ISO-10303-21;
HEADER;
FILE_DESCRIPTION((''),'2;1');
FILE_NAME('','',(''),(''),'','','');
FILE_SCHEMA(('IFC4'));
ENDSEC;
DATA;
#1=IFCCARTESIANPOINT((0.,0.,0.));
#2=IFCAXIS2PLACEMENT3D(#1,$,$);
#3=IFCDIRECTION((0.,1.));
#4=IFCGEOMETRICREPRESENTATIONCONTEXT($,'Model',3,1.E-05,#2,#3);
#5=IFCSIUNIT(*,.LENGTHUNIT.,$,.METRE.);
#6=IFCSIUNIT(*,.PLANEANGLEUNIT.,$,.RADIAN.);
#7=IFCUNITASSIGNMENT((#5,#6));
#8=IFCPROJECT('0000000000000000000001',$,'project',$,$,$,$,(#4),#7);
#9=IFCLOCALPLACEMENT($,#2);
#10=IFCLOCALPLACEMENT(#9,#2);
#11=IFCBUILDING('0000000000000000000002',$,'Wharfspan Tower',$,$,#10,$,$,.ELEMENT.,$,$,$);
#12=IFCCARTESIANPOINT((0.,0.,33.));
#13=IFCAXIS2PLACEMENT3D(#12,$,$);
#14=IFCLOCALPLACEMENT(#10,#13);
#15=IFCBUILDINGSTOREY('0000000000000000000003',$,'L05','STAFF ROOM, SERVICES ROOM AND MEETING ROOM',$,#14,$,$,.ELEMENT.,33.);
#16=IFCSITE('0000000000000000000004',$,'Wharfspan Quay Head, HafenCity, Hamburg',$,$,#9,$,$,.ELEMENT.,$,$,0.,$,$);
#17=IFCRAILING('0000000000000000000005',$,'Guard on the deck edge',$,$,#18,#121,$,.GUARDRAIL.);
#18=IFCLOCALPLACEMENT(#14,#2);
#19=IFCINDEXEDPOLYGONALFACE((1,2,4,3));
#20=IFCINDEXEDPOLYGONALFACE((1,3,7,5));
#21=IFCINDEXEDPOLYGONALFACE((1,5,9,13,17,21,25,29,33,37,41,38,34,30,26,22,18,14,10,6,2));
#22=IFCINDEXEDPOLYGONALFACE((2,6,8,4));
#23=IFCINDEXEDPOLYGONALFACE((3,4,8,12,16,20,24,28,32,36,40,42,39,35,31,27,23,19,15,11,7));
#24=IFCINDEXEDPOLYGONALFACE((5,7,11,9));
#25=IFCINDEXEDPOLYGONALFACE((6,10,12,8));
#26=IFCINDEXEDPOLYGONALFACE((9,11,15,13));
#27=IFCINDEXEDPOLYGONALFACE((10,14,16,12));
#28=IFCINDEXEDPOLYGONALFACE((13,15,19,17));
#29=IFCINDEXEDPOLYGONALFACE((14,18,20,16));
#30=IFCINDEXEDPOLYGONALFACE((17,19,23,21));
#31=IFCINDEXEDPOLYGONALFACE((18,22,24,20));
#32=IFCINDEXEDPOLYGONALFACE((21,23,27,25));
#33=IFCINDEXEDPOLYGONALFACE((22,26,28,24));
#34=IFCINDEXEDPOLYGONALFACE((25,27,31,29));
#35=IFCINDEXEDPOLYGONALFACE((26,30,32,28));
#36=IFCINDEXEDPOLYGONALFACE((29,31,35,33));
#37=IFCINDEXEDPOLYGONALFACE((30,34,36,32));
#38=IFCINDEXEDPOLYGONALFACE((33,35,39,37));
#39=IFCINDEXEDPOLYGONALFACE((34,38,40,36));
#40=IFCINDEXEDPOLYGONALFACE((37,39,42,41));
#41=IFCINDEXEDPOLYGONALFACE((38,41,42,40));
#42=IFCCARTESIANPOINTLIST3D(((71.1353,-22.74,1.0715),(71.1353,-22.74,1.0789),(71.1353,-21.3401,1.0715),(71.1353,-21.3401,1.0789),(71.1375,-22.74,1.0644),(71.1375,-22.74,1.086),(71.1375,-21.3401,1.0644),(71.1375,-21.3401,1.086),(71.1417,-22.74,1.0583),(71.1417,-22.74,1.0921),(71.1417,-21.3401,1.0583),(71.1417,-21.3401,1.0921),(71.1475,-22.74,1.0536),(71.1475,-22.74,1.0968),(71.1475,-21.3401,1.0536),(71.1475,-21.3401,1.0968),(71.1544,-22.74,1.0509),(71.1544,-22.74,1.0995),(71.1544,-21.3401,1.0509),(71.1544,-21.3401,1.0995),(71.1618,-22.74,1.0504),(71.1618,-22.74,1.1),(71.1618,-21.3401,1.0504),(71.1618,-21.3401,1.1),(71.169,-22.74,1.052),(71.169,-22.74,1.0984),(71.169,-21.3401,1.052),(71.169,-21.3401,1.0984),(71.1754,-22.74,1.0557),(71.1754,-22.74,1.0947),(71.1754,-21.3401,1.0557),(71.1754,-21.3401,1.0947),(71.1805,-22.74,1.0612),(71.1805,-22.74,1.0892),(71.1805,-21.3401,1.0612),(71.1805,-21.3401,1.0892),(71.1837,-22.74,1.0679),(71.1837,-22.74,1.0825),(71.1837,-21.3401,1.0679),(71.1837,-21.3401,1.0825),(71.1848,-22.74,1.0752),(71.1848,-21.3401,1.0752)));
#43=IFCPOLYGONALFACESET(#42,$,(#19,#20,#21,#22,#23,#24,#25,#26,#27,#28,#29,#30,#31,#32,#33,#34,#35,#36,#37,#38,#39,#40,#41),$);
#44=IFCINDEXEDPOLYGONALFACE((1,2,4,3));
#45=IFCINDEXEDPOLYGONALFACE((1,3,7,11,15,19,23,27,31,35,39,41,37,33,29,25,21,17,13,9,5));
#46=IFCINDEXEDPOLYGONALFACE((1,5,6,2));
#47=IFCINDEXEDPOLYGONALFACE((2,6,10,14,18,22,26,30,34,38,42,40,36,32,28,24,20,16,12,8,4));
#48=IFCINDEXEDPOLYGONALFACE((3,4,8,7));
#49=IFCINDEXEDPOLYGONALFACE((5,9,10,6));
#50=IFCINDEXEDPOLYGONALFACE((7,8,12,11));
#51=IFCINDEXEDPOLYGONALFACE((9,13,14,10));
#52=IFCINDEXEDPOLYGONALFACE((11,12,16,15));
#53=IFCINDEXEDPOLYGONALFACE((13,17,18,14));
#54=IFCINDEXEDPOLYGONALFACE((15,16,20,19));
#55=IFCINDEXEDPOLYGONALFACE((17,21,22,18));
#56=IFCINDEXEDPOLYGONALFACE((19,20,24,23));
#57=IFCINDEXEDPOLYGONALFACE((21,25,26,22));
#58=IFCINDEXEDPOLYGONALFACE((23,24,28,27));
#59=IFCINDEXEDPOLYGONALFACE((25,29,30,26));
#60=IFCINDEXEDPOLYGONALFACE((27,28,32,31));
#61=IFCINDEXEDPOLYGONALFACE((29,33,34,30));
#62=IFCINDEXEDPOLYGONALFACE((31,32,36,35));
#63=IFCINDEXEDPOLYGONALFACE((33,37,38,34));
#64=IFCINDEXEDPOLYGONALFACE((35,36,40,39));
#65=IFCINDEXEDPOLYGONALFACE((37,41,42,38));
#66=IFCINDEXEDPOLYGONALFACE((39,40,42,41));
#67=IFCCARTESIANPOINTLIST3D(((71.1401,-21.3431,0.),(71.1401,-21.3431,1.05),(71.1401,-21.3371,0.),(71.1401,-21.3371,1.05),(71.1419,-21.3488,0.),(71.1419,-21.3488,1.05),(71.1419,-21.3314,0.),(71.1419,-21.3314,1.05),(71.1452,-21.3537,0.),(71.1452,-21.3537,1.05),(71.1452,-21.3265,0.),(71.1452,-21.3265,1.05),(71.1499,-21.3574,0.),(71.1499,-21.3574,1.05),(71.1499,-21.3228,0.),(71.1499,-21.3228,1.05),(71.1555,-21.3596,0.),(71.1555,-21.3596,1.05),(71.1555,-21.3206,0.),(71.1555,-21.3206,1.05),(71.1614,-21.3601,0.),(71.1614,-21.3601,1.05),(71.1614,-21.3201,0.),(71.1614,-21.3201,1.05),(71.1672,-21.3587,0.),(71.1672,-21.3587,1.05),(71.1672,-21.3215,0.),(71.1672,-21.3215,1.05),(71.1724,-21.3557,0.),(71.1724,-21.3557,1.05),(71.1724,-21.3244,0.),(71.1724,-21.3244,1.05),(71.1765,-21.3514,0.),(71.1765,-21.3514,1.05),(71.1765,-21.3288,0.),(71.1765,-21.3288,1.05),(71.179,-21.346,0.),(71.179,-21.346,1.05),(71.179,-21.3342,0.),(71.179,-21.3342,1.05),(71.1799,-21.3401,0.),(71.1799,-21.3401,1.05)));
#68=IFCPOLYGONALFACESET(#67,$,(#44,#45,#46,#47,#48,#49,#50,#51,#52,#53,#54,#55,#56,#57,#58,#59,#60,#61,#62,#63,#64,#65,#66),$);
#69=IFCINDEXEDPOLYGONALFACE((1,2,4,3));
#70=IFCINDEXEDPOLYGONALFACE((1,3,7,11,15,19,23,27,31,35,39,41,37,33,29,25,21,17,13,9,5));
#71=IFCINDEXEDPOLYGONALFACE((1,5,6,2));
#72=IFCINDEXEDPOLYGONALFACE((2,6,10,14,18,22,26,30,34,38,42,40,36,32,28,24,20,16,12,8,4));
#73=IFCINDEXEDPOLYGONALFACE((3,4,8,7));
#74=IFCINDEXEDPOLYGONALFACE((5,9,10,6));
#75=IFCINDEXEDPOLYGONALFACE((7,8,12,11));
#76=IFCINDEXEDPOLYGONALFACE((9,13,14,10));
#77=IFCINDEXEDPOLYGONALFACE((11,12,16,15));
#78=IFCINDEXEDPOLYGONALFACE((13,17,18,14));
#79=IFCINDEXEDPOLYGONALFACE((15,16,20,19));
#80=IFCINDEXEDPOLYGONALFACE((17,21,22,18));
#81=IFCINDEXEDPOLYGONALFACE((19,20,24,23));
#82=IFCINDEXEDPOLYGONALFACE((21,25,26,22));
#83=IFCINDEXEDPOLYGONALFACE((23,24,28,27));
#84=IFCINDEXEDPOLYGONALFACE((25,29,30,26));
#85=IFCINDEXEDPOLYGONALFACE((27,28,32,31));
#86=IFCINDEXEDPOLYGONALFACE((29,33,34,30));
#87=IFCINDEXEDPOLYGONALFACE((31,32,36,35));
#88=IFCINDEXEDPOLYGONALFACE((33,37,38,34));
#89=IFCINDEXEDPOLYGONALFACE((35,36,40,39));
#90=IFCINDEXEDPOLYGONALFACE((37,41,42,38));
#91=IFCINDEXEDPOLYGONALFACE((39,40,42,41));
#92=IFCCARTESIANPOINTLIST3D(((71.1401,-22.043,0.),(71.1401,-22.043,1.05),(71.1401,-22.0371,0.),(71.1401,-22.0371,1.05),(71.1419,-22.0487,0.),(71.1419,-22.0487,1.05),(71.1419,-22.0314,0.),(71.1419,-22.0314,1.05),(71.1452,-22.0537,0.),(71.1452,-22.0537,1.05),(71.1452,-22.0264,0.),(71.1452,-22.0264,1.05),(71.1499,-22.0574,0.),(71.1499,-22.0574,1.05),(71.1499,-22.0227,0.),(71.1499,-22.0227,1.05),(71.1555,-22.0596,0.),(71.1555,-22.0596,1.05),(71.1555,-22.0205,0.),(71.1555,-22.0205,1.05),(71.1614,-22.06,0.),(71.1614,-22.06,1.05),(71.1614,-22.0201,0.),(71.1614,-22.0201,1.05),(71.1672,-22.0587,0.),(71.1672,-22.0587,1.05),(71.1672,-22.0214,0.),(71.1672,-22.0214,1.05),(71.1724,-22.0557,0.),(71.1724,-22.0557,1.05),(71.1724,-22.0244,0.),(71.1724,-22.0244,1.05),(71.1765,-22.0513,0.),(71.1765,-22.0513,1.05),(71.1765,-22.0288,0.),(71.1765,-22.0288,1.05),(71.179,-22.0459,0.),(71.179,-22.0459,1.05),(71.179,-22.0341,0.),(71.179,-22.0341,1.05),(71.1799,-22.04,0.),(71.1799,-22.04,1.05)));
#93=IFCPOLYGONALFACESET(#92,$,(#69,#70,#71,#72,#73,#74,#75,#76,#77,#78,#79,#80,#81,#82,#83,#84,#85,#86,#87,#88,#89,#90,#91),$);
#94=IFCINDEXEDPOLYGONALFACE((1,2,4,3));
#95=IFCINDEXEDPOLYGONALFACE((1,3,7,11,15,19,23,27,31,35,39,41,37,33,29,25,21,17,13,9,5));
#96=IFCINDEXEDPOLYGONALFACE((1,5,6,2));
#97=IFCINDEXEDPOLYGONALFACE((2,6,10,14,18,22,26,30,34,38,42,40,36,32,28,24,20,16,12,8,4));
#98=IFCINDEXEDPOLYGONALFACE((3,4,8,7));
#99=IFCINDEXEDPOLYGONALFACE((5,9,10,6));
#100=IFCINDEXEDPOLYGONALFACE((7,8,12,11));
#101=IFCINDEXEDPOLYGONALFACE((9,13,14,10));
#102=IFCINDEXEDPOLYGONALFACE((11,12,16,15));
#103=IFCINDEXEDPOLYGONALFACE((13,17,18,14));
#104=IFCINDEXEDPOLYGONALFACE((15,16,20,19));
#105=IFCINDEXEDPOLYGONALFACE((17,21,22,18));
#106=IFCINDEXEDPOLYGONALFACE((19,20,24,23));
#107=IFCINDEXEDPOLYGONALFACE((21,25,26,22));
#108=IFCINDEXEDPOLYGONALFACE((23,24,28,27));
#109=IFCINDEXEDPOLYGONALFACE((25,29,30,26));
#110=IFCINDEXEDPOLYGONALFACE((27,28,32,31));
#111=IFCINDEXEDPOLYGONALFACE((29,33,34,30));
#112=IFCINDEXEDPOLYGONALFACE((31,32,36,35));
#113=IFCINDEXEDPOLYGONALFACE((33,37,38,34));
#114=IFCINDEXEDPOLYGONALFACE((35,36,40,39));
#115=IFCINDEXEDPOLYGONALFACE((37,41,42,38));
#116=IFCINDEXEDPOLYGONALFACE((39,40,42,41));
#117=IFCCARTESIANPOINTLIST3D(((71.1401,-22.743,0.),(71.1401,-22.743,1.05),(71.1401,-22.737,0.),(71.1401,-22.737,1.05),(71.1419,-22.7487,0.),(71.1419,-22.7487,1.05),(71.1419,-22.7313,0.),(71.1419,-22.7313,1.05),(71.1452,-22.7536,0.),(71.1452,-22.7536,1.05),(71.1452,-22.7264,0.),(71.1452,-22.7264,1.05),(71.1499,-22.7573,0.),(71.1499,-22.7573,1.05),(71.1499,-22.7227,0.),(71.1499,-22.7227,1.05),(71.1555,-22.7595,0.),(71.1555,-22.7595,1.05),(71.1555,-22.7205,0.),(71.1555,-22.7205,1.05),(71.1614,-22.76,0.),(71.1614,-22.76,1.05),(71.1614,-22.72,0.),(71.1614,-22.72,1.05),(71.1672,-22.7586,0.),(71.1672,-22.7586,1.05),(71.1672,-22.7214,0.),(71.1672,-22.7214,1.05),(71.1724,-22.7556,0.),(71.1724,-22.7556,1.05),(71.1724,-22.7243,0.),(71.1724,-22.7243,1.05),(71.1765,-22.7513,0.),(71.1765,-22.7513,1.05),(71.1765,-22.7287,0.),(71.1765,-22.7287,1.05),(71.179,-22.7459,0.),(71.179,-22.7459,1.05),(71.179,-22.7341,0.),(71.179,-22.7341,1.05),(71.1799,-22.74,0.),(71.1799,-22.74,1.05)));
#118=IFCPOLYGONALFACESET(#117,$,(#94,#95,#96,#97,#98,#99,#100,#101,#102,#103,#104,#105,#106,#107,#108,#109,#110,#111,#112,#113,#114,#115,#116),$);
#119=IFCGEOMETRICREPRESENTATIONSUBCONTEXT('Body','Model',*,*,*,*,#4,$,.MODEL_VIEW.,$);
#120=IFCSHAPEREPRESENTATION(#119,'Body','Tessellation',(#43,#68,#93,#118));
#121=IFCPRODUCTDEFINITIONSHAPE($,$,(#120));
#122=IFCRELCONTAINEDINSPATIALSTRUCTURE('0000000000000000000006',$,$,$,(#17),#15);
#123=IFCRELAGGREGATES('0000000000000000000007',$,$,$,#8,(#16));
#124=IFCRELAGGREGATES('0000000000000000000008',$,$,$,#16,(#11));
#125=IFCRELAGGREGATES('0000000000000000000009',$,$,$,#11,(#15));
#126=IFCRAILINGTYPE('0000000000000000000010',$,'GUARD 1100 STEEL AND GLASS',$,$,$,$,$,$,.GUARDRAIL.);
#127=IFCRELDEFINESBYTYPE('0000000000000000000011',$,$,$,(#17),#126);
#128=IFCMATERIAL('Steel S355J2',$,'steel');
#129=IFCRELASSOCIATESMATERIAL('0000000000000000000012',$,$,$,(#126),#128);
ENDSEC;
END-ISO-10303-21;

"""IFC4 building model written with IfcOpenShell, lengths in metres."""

from ifc_helpers import new_model, si_unit, direction, frame, origin, origin_2d, place, context, subcontext, project, spatial, circle, extrude, material, type_object, element, save


model = new_model("IFC4")

# Units and contexts
model_context = context("Model", 3, precision=1e-05, world=origin(), true_north=direction((0.0, 1.0)))
body_context = subcontext(model_context, "Body", "Model", "MODEL_VIEW")
ifc_project = project(units=[si_unit("LENGTHUNIT", "METRE"), si_unit("PLANEANGLEUNIT", "RADIAN")], contexts=[model_context])

# Site, building, storey
site_placement = place(None, origin())
site = spatial("IfcSite", under=ifc_project, at=site_placement, Name="Wharfspan Quay Head, HafenCity, Hamburg", CompositionType="ELEMENT", RefElevation=0.0)
building_placement = place(site_placement, origin())
building = spatial("IfcBuilding", under=site, at=building_placement, Name="Wharfspan Tower", CompositionType="ELEMENT")
storey_placement = place(building_placement, frame((0.0, 0.0, 33.0)))
storey = spatial("IfcBuildingStorey", under=building, at=storey_placement, Name="L05", Description="STAFF ROOM, SERVICES ROOM AND MEETING ROOM", CompositionType="ELEMENT", Elevation=33.0)

# Railing
ifc_material_1 = material(Name="Steel S355J2", Category="steel")
railing_type = type_object("IfcRailingType", Name="GUARD 1100 STEEL AND GLASS", PredefinedType="GUARDRAIL", material=ifc_material_1)
railing_1_placement = place(storey_placement, frame((71.1599, -21.3401, 0.0)))
element("IfcRailing", 1, at=railing_1_placement, inside=storey, type_object=railing_type, Name="Guard on the deck edge", PredefinedType="GUARDRAIL", context=body_context, shape_type="SweptSolid", body=[
    extrude(circle(Radius=0.0249, at=origin_2d()), frame((0.0, 0.0, 1.0752), z_axis=(0.0, -1.0, 0.0), x_axis=(1.0, 0.0, 0.0)), (0.0, 0.0, 1.0), 1.3999),
    extrude(circle(Radius=0.02, at=origin_2d()), origin(), (0.0, 0.0, 1.0), 1.05),
    extrude(circle(Radius=0.02, at=origin_2d()), frame((0.0, -0.7, 0.0)), (0.0, 0.0, 1.0), 1.05),
    extrude(circle(Radius=0.02, at=origin_2d()), frame((0.0, -1.3999, 0.0)), (0.0, 0.0, 1.0), 1.05),
])

save(model, "model.ifc")
